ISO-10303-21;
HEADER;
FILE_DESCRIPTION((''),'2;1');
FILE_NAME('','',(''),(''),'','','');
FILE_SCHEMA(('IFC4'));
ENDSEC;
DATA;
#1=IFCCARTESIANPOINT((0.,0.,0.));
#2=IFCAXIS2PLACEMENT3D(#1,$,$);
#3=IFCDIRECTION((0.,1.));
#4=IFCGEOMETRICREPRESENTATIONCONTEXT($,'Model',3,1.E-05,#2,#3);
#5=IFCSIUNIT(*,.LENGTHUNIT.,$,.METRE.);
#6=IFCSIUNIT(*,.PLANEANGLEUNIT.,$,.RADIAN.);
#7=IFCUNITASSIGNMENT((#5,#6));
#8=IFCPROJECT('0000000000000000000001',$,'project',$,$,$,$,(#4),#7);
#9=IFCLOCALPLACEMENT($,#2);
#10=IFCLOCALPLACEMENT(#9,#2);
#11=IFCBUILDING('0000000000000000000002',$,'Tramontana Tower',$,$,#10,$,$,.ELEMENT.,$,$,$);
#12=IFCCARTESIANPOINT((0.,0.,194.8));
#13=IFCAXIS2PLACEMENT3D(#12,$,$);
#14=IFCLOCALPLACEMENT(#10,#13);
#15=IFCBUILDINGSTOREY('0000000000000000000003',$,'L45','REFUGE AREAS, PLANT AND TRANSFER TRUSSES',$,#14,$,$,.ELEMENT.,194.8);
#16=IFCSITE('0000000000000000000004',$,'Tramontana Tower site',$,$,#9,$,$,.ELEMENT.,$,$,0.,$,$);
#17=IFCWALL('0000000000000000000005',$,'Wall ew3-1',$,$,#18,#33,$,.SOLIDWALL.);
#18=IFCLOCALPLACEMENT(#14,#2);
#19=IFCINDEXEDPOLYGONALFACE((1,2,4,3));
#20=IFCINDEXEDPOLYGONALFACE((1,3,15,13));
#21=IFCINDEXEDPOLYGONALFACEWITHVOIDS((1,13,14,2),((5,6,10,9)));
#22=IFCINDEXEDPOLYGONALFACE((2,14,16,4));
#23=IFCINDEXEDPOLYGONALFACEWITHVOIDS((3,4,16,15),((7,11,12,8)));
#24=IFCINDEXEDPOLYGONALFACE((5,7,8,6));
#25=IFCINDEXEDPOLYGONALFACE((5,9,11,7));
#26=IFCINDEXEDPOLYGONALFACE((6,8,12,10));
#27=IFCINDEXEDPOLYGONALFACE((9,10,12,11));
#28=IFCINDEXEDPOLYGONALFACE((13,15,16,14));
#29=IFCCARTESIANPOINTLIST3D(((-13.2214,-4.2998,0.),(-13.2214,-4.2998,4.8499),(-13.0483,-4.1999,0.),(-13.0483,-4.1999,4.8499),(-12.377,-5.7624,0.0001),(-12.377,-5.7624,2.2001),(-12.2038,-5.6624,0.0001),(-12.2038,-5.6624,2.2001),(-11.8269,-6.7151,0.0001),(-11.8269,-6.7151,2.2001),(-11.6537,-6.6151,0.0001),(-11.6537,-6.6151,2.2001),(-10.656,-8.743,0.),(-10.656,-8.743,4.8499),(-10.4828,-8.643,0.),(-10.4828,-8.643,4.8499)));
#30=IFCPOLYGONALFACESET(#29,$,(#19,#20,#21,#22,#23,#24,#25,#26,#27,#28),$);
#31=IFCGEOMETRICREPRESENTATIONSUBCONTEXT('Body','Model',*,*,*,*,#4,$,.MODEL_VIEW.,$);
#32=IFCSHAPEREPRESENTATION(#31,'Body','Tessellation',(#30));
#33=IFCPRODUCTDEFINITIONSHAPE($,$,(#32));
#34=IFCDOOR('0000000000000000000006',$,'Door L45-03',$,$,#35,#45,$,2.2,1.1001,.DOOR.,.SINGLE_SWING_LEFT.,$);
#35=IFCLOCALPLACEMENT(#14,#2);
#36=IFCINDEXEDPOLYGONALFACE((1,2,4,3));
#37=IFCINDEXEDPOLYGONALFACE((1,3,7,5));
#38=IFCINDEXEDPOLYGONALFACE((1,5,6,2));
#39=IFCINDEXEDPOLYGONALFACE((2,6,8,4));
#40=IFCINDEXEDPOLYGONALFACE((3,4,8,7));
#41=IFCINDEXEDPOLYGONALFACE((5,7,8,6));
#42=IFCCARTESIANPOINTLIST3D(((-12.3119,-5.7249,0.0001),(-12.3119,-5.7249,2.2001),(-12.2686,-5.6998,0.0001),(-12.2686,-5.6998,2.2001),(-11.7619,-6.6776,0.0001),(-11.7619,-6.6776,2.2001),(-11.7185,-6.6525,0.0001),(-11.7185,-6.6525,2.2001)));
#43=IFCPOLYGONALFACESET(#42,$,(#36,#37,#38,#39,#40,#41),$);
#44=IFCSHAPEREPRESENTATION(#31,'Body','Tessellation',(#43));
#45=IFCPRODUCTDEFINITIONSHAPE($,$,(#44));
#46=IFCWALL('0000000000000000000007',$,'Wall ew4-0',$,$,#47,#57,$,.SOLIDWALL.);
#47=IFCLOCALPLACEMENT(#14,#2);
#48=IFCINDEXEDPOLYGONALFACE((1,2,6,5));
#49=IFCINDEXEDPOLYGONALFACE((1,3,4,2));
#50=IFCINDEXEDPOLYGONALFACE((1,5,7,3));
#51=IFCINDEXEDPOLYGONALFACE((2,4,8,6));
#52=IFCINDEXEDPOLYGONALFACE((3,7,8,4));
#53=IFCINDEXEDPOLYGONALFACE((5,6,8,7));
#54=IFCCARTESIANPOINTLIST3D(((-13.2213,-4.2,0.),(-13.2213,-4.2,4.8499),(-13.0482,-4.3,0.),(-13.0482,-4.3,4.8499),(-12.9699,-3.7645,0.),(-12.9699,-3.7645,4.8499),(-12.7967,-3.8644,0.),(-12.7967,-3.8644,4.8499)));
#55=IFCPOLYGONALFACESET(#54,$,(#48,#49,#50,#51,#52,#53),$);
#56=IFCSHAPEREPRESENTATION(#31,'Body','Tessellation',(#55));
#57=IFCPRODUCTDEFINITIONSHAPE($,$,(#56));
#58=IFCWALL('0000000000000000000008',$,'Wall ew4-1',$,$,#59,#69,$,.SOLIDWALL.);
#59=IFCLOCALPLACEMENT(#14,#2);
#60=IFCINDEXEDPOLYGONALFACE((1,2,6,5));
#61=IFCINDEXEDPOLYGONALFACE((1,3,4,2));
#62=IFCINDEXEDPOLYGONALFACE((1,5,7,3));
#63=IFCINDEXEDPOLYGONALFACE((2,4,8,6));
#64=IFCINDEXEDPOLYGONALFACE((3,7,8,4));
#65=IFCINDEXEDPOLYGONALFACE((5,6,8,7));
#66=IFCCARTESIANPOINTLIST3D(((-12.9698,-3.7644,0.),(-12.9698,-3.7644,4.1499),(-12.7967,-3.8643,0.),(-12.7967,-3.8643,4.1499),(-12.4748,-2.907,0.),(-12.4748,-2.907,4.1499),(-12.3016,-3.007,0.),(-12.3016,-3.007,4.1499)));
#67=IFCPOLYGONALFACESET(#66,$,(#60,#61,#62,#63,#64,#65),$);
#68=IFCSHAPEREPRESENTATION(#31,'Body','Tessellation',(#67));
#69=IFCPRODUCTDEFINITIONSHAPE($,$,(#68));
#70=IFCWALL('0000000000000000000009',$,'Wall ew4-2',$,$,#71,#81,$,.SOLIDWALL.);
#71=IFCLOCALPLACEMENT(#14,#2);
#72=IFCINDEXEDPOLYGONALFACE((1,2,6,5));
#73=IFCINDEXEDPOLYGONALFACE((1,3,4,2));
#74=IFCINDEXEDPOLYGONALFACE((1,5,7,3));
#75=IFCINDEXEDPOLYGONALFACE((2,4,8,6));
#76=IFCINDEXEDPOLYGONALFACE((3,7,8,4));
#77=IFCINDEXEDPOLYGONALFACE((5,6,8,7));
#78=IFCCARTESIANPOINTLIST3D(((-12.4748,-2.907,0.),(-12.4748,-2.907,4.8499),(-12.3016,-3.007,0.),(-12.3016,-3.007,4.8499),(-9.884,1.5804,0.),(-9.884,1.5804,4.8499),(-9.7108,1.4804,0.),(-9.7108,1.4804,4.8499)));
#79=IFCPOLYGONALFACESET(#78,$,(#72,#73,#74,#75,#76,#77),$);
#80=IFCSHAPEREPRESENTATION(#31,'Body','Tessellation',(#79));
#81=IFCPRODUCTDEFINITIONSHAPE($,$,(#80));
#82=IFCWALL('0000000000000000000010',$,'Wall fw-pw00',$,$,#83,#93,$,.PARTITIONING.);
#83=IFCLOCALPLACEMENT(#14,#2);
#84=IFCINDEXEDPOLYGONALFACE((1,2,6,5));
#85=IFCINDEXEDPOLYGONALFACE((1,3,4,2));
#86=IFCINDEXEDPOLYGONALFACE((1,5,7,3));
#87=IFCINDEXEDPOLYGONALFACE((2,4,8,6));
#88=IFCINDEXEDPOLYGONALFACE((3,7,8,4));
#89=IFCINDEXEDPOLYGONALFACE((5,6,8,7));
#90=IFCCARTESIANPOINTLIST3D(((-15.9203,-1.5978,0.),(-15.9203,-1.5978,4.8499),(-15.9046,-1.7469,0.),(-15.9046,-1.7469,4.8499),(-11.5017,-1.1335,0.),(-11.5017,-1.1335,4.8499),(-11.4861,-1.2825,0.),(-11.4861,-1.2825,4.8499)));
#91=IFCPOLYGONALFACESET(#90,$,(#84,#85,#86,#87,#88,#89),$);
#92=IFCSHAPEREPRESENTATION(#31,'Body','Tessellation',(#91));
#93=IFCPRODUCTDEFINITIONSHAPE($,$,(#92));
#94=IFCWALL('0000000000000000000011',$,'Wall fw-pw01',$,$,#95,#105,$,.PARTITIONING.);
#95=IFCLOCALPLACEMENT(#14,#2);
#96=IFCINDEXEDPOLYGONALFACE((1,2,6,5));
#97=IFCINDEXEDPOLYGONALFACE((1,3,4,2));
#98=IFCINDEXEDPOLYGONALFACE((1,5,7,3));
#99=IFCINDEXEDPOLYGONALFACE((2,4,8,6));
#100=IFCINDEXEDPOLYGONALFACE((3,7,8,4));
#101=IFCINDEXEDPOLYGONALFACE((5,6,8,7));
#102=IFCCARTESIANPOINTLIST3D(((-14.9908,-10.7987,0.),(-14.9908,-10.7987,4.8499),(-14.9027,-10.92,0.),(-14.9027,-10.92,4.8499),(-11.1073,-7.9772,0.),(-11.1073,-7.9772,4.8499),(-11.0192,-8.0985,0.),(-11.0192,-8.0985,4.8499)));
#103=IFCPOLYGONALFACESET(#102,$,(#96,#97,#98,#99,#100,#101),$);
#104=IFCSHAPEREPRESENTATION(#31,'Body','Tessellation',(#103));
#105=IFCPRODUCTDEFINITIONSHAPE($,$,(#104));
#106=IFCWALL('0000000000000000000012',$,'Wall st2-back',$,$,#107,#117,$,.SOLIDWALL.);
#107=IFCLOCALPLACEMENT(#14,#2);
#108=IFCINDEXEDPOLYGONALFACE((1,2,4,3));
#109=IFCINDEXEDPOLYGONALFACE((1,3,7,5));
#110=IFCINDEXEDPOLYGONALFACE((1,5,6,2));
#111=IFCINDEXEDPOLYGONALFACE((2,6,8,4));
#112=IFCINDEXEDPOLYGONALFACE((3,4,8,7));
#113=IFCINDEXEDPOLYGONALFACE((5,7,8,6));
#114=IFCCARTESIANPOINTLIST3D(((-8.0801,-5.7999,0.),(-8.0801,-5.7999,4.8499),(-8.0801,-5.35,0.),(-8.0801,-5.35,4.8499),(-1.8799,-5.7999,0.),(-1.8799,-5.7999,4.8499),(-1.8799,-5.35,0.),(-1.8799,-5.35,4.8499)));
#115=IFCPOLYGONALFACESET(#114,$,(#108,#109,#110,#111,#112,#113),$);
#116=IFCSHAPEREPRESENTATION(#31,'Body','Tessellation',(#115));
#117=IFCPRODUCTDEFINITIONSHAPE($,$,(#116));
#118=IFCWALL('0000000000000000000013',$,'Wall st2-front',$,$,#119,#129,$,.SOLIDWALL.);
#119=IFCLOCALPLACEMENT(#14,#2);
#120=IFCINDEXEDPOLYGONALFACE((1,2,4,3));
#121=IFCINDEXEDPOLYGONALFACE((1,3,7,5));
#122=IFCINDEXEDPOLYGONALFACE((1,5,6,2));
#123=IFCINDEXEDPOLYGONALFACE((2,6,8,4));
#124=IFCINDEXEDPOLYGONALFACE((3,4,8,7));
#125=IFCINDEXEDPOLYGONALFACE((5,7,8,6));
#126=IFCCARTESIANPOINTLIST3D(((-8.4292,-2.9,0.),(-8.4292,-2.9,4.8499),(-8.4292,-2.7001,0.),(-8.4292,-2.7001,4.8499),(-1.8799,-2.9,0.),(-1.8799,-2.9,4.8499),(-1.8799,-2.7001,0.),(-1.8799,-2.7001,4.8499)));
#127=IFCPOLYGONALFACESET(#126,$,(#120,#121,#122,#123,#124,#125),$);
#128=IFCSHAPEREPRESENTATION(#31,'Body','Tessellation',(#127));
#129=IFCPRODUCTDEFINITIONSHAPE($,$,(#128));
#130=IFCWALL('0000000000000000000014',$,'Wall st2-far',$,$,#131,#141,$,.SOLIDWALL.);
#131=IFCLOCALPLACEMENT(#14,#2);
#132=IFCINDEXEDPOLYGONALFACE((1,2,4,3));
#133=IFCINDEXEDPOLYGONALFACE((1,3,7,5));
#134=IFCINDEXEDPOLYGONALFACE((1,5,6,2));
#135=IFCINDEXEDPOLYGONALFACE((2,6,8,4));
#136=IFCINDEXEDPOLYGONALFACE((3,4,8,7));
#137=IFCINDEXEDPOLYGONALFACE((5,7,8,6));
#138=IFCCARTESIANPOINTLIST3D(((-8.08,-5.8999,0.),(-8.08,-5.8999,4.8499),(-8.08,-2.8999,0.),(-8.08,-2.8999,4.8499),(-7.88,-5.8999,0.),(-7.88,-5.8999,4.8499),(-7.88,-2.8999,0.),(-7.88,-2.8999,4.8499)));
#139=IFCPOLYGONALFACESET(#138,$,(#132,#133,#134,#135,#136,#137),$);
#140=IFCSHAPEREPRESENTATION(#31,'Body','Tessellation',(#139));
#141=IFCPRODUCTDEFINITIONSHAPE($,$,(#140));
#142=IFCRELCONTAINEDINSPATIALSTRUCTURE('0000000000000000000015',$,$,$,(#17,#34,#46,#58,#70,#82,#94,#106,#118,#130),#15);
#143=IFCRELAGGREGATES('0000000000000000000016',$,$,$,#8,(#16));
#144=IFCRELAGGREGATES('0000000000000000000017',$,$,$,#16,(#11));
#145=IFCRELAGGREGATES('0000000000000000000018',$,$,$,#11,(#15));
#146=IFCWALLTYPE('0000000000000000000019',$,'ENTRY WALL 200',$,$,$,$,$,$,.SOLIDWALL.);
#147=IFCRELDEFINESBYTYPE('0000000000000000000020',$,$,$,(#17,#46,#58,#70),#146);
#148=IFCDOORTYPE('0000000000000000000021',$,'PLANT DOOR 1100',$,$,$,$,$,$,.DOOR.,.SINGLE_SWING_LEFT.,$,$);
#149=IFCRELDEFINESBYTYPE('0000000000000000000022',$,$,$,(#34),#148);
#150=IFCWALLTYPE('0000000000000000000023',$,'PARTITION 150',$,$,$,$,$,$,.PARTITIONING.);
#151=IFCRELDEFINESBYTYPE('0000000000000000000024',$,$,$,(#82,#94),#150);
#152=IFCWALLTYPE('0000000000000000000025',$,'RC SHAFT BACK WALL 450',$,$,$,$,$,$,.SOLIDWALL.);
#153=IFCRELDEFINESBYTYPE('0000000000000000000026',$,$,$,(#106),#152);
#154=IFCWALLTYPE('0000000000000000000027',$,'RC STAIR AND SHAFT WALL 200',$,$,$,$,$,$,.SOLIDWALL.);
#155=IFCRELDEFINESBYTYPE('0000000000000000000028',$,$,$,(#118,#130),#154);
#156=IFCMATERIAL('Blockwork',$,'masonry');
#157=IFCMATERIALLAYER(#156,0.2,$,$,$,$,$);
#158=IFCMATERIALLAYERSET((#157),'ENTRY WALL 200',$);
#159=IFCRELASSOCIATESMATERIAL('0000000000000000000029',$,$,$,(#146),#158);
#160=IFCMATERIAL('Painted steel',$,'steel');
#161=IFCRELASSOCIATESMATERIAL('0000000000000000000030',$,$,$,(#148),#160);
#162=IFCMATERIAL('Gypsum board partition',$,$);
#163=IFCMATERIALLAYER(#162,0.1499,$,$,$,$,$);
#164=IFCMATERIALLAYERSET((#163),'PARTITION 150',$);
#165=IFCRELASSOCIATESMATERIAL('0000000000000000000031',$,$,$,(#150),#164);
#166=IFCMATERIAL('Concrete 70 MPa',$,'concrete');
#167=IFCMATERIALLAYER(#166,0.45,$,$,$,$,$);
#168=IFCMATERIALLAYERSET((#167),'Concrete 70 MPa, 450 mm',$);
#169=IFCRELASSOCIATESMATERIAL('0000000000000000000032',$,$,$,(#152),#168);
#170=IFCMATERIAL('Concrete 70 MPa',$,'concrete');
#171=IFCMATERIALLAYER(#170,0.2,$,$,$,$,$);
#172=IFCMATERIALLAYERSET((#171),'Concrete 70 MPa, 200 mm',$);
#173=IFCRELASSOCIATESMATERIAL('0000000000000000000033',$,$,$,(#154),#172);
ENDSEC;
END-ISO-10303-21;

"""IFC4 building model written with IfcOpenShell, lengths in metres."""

from ifc_helpers import new_model, si_unit, direction, frame, frame_2d, origin, place, context, subcontext, project, spatial, rectangle, extrude, material, layer, layer_set, type_object, element, fill, save


model = new_model("IFC4")

# Units and contexts
model_context = context("Model", 3, precision=1e-05, world=origin(), true_north=direction((0.0, 1.0)))
body_context = subcontext(model_context, "Body", "Model", "MODEL_VIEW")
ifc_project = project(units=[si_unit("LENGTHUNIT", "METRE"), si_unit("PLANEANGLEUNIT", "RADIAN")], contexts=[model_context])

# Site, building, storey
site_placement = place(None, origin())
site = spatial("IfcSite", under=ifc_project, at=site_placement, Name="Tramontana Tower site", CompositionType="ELEMENT", RefElevation=0.0)
building_placement = place(site_placement, origin())
building = spatial("IfcBuilding", under=site, at=building_placement, Name="Tramontana Tower", CompositionType="ELEMENT")
storey_placement = place(building_placement, frame((0.0, 0.0, 194.8)))
storey = spatial("IfcBuildingStorey", under=building, at=storey_placement, Name="L45", Description="REFUGE AREAS, PLANT AND TRANSFER TRUSSES", CompositionType="ELEMENT", Elevation=194.8)

# Shared definitions
ifc_material_1 = material(Name="Blockwork", Category="masonry")
ifc_layer_1 = layer(ifc_material_1, 0.2)
ifc_layer_set_1 = layer_set([ifc_layer_1], Name="ENTRY WALL 200")
wall_type_1 = type_object("IfcWallType", Name="ENTRY WALL 200", PredefinedType="SOLIDWALL", material=ifc_layer_set_1)
ifc_material_2 = material(Name="Painted steel", Category="steel")
door_type_1 = type_object("IfcDoorType", Name="PLANT DOOR 1100", OperationType="SINGLE_SWING_LEFT", PredefinedType="DOOR", material=ifc_material_2)

# Wall, opening, door
wall_1_placement = place(storey_placement, frame((-10.5693, -8.6931, 0.0), z_axis=(0.0, 0.0, 1.0), x_axis=(-0.500029, 0.866009, 0.0)))
wall_1 = element("IfcWall", 1, at=wall_1_placement, inside=storey, type_object=wall_type_1, Name="Wall ew3-1", PredefinedType="SOLIDWALL", context=body_context, shape_type="SweptSolid", body=[
    extrude(rectangle(XDim=5.1306, YDim=0.2, at=frame_2d((2.5654, 0.0))), origin(), (0.0, 0.0, 1.0), 4.8499),
])
opening_1_placement = place(wall_1_placement, frame((2.3418, 0.0, 0.0)))
opening_1 = element("IfcOpeningElement", 2, at=opening_1_placement, cuts=wall_1, PredefinedType="OPENING", context=body_context, shape_type="SweptSolid", body=[
    extrude(rectangle(XDim=1.1001, YDim=2.2, at=frame_2d((0.55, 1.1001))), frame((0.0, 0.1099, 0.0), z_axis=(0.0, -1.0, 0.0), x_axis=(1.0, 0.0, 0.0)), (0.0, 0.0, 1.0), 0.22),
])
door_1_placement = place(opening_1_placement, origin())
door_1 = element("IfcDoor", 3, at=door_1_placement, inside=storey, type_object=door_type_1, Name="Door L45-03", OperationType="SINGLE_SWING_LEFT", OverallHeight=2.2, OverallWidth=1.1001, PredefinedType="DOOR", context=body_context, shape_type="SweptSolid", body=[
    extrude(rectangle(XDim=1.1001, YDim=2.2, at=frame_2d((0.55, 1.1001))), frame((0.0, 0.0249, 0.0), z_axis=(0.0, -1.0, 0.0), x_axis=(1.0, 0.0, 0.0)), (0.0, 0.0, 1.0), 0.05),
])
fill(opening_1, door_1)

# Walls
wall_2_placement = place(storey_placement, frame((-13.1348, -4.25, 0.0), z_axis=(0.0, 0.0, 1.0), x_axis=(0.500003, 0.866024, 0.0)))
element("IfcWall", 4, at=wall_2_placement, inside=storey, type_object=wall_type_1, Name="Wall ew4-0", PredefinedType="SOLIDWALL", context=body_context, shape_type="SweptSolid", body=[
    extrude(rectangle(XDim=0.5029, YDim=0.2, at=frame_2d((0.2515, 0.0))), origin(), (0.0, 0.0, 1.0), 4.8499),
])
wall_3_placement = place(storey_placement, frame((-12.8833, -3.8145, 0.0), z_axis=(0.0, 0.0, 1.0), x_axis=(0.500064, 0.865988, 0.0)))
element("IfcWall", 5, at=wall_3_placement, inside=storey, type_object=wall_type_1, Name="Wall ew4-1", PredefinedType="SOLIDWALL", context=body_context, shape_type="SweptSolid", body=[
    extrude(rectangle(XDim=0.99, YDim=0.2, at=frame_2d((0.4951, 0.0))), origin(), (0.0, 0.0, 1.0), 4.1499),
])
wall_4_placement = place(storey_placement, frame((-12.3882, -2.957, 0.0), z_axis=(0.0, 0.0, 1.0), x_axis=(0.49999, 0.866031, 0.0)))
element("IfcWall", 6, at=wall_4_placement, inside=storey, type_object=wall_type_1, Name="Wall ew4-2", PredefinedType="SOLIDWALL", context=body_context, shape_type="SweptSolid", body=[
    extrude(rectangle(XDim=5.1816, YDim=0.2, at=frame_2d((2.5908, 0.0))), origin(), (0.0, 0.0, 1.0), 4.8499),
])
ifc_material_3 = material(Name="Gypsum board partition")
ifc_layer_2 = layer(ifc_material_3, 0.1499)
ifc_layer_set_2 = layer_set([ifc_layer_2], Name="PARTITION 150")
wall_type_2 = type_object("IfcWallType", Name="PARTITION 150", PredefinedType="PARTITIONING", material=ifc_layer_set_2)
wall_5_placement = place(storey_placement, frame((-11.4939, -1.208, 0.0), z_axis=(0.0, 0.0, 1.0), x_axis=(-0.994523, -0.104519, 0.0)))
element("IfcWall", 7, at=wall_5_placement, inside=storey, type_object=wall_type_2, Name="Wall fw-pw00", PredefinedType="PARTITIONING", context=body_context, shape_type="SweptSolid", body=[
    extrude(rectangle(XDim=4.4429, YDim=0.1499, at=frame_2d((2.2214, 0.0))), origin(), (0.0, 0.0, 1.0), 4.8499),
])
wall_6_placement = place(storey_placement, frame((-11.0632, -8.0378, 0.0), z_axis=(0.0, 0.0, 1.0), x_axis=(-0.80902, -0.587782, 0.0)))
element("IfcWall", 8, at=wall_6_placement, inside=storey, type_object=wall_type_2, Name="Wall fw-pw01", PredefinedType="PARTITIONING", context=body_context, shape_type="SweptSolid", body=[
    extrude(rectangle(XDim=4.8003, YDim=0.1499, at=frame_2d((2.4001, 0.0))), origin(), (0.0, 0.0, 1.0), 4.8499),
])
ifc_material_4 = material(Name="Concrete 70 MPa", Category="concrete")
ifc_layer_3 = layer(ifc_material_4, 0.45)
ifc_layer_set_3 = layer_set([ifc_layer_3], Name="Concrete 70 MPa, 450 mm")
wall_type_3 = type_object("IfcWallType", Name="RC SHAFT BACK WALL 450", PredefinedType="SOLIDWALL", material=ifc_layer_set_3)
wall_7_placement = place(storey_placement, frame((-8.0801, -5.575, 0.0), z_axis=(0.0, 0.0, 1.0), x_axis=(1.0, 0.0, 0.0)))
element("IfcWall", 9, at=wall_7_placement, inside=storey, type_object=wall_type_3, Name="Wall st2-back", PredefinedType="SOLIDWALL", context=body_context, shape_type="SweptSolid", body=[
    extrude(rectangle(XDim=6.2002, YDim=0.45, at=frame_2d((3.1001, 0.0))), origin(), (0.0, 0.0, 1.0), 4.8499),
])
ifc_material_5 = material(Name="Concrete 70 MPa", Category="concrete")
ifc_layer_4 = layer(ifc_material_5, 0.2)
ifc_layer_set_4 = layer_set([ifc_layer_4], Name="Concrete 70 MPa, 200 mm")
wall_type_4 = type_object("IfcWallType", Name="RC STAIR AND SHAFT WALL 200", PredefinedType="SOLIDWALL", material=ifc_layer_set_4)
wall_8_placement = place(storey_placement, frame((-8.4292, -2.8, 0.0), z_axis=(0.0, 0.0, 1.0), x_axis=(1.0, 0.0, 0.0)))
element("IfcWall", 10, at=wall_8_placement, inside=storey, type_object=wall_type_4, Name="Wall st2-front", PredefinedType="SOLIDWALL", context=body_context, shape_type="SweptSolid", body=[
    extrude(rectangle(XDim=6.5493, YDim=0.2, at=frame_2d((3.2747, 0.0))), origin(), (0.0, 0.0, 1.0), 4.8499),
])
wall_9_placement = place(storey_placement, frame((-7.98, -2.8999, 0.0), z_axis=(0.0, 0.0, 1.0), x_axis=(0.0, -1.0, 0.0)))
element("IfcWall", 11, at=wall_9_placement, inside=storey, type_object=wall_type_4, Name="Wall st2-far", PredefinedType="SOLIDWALL", context=body_context, shape_type="SweptSolid", body=[
    extrude(rectangle(XDim=3.0, YDim=0.2, at=frame_2d((1.5, 0.0))), origin(), (0.0, 0.0, 1.0), 4.8499),
])

save(model, "model.ifc")
